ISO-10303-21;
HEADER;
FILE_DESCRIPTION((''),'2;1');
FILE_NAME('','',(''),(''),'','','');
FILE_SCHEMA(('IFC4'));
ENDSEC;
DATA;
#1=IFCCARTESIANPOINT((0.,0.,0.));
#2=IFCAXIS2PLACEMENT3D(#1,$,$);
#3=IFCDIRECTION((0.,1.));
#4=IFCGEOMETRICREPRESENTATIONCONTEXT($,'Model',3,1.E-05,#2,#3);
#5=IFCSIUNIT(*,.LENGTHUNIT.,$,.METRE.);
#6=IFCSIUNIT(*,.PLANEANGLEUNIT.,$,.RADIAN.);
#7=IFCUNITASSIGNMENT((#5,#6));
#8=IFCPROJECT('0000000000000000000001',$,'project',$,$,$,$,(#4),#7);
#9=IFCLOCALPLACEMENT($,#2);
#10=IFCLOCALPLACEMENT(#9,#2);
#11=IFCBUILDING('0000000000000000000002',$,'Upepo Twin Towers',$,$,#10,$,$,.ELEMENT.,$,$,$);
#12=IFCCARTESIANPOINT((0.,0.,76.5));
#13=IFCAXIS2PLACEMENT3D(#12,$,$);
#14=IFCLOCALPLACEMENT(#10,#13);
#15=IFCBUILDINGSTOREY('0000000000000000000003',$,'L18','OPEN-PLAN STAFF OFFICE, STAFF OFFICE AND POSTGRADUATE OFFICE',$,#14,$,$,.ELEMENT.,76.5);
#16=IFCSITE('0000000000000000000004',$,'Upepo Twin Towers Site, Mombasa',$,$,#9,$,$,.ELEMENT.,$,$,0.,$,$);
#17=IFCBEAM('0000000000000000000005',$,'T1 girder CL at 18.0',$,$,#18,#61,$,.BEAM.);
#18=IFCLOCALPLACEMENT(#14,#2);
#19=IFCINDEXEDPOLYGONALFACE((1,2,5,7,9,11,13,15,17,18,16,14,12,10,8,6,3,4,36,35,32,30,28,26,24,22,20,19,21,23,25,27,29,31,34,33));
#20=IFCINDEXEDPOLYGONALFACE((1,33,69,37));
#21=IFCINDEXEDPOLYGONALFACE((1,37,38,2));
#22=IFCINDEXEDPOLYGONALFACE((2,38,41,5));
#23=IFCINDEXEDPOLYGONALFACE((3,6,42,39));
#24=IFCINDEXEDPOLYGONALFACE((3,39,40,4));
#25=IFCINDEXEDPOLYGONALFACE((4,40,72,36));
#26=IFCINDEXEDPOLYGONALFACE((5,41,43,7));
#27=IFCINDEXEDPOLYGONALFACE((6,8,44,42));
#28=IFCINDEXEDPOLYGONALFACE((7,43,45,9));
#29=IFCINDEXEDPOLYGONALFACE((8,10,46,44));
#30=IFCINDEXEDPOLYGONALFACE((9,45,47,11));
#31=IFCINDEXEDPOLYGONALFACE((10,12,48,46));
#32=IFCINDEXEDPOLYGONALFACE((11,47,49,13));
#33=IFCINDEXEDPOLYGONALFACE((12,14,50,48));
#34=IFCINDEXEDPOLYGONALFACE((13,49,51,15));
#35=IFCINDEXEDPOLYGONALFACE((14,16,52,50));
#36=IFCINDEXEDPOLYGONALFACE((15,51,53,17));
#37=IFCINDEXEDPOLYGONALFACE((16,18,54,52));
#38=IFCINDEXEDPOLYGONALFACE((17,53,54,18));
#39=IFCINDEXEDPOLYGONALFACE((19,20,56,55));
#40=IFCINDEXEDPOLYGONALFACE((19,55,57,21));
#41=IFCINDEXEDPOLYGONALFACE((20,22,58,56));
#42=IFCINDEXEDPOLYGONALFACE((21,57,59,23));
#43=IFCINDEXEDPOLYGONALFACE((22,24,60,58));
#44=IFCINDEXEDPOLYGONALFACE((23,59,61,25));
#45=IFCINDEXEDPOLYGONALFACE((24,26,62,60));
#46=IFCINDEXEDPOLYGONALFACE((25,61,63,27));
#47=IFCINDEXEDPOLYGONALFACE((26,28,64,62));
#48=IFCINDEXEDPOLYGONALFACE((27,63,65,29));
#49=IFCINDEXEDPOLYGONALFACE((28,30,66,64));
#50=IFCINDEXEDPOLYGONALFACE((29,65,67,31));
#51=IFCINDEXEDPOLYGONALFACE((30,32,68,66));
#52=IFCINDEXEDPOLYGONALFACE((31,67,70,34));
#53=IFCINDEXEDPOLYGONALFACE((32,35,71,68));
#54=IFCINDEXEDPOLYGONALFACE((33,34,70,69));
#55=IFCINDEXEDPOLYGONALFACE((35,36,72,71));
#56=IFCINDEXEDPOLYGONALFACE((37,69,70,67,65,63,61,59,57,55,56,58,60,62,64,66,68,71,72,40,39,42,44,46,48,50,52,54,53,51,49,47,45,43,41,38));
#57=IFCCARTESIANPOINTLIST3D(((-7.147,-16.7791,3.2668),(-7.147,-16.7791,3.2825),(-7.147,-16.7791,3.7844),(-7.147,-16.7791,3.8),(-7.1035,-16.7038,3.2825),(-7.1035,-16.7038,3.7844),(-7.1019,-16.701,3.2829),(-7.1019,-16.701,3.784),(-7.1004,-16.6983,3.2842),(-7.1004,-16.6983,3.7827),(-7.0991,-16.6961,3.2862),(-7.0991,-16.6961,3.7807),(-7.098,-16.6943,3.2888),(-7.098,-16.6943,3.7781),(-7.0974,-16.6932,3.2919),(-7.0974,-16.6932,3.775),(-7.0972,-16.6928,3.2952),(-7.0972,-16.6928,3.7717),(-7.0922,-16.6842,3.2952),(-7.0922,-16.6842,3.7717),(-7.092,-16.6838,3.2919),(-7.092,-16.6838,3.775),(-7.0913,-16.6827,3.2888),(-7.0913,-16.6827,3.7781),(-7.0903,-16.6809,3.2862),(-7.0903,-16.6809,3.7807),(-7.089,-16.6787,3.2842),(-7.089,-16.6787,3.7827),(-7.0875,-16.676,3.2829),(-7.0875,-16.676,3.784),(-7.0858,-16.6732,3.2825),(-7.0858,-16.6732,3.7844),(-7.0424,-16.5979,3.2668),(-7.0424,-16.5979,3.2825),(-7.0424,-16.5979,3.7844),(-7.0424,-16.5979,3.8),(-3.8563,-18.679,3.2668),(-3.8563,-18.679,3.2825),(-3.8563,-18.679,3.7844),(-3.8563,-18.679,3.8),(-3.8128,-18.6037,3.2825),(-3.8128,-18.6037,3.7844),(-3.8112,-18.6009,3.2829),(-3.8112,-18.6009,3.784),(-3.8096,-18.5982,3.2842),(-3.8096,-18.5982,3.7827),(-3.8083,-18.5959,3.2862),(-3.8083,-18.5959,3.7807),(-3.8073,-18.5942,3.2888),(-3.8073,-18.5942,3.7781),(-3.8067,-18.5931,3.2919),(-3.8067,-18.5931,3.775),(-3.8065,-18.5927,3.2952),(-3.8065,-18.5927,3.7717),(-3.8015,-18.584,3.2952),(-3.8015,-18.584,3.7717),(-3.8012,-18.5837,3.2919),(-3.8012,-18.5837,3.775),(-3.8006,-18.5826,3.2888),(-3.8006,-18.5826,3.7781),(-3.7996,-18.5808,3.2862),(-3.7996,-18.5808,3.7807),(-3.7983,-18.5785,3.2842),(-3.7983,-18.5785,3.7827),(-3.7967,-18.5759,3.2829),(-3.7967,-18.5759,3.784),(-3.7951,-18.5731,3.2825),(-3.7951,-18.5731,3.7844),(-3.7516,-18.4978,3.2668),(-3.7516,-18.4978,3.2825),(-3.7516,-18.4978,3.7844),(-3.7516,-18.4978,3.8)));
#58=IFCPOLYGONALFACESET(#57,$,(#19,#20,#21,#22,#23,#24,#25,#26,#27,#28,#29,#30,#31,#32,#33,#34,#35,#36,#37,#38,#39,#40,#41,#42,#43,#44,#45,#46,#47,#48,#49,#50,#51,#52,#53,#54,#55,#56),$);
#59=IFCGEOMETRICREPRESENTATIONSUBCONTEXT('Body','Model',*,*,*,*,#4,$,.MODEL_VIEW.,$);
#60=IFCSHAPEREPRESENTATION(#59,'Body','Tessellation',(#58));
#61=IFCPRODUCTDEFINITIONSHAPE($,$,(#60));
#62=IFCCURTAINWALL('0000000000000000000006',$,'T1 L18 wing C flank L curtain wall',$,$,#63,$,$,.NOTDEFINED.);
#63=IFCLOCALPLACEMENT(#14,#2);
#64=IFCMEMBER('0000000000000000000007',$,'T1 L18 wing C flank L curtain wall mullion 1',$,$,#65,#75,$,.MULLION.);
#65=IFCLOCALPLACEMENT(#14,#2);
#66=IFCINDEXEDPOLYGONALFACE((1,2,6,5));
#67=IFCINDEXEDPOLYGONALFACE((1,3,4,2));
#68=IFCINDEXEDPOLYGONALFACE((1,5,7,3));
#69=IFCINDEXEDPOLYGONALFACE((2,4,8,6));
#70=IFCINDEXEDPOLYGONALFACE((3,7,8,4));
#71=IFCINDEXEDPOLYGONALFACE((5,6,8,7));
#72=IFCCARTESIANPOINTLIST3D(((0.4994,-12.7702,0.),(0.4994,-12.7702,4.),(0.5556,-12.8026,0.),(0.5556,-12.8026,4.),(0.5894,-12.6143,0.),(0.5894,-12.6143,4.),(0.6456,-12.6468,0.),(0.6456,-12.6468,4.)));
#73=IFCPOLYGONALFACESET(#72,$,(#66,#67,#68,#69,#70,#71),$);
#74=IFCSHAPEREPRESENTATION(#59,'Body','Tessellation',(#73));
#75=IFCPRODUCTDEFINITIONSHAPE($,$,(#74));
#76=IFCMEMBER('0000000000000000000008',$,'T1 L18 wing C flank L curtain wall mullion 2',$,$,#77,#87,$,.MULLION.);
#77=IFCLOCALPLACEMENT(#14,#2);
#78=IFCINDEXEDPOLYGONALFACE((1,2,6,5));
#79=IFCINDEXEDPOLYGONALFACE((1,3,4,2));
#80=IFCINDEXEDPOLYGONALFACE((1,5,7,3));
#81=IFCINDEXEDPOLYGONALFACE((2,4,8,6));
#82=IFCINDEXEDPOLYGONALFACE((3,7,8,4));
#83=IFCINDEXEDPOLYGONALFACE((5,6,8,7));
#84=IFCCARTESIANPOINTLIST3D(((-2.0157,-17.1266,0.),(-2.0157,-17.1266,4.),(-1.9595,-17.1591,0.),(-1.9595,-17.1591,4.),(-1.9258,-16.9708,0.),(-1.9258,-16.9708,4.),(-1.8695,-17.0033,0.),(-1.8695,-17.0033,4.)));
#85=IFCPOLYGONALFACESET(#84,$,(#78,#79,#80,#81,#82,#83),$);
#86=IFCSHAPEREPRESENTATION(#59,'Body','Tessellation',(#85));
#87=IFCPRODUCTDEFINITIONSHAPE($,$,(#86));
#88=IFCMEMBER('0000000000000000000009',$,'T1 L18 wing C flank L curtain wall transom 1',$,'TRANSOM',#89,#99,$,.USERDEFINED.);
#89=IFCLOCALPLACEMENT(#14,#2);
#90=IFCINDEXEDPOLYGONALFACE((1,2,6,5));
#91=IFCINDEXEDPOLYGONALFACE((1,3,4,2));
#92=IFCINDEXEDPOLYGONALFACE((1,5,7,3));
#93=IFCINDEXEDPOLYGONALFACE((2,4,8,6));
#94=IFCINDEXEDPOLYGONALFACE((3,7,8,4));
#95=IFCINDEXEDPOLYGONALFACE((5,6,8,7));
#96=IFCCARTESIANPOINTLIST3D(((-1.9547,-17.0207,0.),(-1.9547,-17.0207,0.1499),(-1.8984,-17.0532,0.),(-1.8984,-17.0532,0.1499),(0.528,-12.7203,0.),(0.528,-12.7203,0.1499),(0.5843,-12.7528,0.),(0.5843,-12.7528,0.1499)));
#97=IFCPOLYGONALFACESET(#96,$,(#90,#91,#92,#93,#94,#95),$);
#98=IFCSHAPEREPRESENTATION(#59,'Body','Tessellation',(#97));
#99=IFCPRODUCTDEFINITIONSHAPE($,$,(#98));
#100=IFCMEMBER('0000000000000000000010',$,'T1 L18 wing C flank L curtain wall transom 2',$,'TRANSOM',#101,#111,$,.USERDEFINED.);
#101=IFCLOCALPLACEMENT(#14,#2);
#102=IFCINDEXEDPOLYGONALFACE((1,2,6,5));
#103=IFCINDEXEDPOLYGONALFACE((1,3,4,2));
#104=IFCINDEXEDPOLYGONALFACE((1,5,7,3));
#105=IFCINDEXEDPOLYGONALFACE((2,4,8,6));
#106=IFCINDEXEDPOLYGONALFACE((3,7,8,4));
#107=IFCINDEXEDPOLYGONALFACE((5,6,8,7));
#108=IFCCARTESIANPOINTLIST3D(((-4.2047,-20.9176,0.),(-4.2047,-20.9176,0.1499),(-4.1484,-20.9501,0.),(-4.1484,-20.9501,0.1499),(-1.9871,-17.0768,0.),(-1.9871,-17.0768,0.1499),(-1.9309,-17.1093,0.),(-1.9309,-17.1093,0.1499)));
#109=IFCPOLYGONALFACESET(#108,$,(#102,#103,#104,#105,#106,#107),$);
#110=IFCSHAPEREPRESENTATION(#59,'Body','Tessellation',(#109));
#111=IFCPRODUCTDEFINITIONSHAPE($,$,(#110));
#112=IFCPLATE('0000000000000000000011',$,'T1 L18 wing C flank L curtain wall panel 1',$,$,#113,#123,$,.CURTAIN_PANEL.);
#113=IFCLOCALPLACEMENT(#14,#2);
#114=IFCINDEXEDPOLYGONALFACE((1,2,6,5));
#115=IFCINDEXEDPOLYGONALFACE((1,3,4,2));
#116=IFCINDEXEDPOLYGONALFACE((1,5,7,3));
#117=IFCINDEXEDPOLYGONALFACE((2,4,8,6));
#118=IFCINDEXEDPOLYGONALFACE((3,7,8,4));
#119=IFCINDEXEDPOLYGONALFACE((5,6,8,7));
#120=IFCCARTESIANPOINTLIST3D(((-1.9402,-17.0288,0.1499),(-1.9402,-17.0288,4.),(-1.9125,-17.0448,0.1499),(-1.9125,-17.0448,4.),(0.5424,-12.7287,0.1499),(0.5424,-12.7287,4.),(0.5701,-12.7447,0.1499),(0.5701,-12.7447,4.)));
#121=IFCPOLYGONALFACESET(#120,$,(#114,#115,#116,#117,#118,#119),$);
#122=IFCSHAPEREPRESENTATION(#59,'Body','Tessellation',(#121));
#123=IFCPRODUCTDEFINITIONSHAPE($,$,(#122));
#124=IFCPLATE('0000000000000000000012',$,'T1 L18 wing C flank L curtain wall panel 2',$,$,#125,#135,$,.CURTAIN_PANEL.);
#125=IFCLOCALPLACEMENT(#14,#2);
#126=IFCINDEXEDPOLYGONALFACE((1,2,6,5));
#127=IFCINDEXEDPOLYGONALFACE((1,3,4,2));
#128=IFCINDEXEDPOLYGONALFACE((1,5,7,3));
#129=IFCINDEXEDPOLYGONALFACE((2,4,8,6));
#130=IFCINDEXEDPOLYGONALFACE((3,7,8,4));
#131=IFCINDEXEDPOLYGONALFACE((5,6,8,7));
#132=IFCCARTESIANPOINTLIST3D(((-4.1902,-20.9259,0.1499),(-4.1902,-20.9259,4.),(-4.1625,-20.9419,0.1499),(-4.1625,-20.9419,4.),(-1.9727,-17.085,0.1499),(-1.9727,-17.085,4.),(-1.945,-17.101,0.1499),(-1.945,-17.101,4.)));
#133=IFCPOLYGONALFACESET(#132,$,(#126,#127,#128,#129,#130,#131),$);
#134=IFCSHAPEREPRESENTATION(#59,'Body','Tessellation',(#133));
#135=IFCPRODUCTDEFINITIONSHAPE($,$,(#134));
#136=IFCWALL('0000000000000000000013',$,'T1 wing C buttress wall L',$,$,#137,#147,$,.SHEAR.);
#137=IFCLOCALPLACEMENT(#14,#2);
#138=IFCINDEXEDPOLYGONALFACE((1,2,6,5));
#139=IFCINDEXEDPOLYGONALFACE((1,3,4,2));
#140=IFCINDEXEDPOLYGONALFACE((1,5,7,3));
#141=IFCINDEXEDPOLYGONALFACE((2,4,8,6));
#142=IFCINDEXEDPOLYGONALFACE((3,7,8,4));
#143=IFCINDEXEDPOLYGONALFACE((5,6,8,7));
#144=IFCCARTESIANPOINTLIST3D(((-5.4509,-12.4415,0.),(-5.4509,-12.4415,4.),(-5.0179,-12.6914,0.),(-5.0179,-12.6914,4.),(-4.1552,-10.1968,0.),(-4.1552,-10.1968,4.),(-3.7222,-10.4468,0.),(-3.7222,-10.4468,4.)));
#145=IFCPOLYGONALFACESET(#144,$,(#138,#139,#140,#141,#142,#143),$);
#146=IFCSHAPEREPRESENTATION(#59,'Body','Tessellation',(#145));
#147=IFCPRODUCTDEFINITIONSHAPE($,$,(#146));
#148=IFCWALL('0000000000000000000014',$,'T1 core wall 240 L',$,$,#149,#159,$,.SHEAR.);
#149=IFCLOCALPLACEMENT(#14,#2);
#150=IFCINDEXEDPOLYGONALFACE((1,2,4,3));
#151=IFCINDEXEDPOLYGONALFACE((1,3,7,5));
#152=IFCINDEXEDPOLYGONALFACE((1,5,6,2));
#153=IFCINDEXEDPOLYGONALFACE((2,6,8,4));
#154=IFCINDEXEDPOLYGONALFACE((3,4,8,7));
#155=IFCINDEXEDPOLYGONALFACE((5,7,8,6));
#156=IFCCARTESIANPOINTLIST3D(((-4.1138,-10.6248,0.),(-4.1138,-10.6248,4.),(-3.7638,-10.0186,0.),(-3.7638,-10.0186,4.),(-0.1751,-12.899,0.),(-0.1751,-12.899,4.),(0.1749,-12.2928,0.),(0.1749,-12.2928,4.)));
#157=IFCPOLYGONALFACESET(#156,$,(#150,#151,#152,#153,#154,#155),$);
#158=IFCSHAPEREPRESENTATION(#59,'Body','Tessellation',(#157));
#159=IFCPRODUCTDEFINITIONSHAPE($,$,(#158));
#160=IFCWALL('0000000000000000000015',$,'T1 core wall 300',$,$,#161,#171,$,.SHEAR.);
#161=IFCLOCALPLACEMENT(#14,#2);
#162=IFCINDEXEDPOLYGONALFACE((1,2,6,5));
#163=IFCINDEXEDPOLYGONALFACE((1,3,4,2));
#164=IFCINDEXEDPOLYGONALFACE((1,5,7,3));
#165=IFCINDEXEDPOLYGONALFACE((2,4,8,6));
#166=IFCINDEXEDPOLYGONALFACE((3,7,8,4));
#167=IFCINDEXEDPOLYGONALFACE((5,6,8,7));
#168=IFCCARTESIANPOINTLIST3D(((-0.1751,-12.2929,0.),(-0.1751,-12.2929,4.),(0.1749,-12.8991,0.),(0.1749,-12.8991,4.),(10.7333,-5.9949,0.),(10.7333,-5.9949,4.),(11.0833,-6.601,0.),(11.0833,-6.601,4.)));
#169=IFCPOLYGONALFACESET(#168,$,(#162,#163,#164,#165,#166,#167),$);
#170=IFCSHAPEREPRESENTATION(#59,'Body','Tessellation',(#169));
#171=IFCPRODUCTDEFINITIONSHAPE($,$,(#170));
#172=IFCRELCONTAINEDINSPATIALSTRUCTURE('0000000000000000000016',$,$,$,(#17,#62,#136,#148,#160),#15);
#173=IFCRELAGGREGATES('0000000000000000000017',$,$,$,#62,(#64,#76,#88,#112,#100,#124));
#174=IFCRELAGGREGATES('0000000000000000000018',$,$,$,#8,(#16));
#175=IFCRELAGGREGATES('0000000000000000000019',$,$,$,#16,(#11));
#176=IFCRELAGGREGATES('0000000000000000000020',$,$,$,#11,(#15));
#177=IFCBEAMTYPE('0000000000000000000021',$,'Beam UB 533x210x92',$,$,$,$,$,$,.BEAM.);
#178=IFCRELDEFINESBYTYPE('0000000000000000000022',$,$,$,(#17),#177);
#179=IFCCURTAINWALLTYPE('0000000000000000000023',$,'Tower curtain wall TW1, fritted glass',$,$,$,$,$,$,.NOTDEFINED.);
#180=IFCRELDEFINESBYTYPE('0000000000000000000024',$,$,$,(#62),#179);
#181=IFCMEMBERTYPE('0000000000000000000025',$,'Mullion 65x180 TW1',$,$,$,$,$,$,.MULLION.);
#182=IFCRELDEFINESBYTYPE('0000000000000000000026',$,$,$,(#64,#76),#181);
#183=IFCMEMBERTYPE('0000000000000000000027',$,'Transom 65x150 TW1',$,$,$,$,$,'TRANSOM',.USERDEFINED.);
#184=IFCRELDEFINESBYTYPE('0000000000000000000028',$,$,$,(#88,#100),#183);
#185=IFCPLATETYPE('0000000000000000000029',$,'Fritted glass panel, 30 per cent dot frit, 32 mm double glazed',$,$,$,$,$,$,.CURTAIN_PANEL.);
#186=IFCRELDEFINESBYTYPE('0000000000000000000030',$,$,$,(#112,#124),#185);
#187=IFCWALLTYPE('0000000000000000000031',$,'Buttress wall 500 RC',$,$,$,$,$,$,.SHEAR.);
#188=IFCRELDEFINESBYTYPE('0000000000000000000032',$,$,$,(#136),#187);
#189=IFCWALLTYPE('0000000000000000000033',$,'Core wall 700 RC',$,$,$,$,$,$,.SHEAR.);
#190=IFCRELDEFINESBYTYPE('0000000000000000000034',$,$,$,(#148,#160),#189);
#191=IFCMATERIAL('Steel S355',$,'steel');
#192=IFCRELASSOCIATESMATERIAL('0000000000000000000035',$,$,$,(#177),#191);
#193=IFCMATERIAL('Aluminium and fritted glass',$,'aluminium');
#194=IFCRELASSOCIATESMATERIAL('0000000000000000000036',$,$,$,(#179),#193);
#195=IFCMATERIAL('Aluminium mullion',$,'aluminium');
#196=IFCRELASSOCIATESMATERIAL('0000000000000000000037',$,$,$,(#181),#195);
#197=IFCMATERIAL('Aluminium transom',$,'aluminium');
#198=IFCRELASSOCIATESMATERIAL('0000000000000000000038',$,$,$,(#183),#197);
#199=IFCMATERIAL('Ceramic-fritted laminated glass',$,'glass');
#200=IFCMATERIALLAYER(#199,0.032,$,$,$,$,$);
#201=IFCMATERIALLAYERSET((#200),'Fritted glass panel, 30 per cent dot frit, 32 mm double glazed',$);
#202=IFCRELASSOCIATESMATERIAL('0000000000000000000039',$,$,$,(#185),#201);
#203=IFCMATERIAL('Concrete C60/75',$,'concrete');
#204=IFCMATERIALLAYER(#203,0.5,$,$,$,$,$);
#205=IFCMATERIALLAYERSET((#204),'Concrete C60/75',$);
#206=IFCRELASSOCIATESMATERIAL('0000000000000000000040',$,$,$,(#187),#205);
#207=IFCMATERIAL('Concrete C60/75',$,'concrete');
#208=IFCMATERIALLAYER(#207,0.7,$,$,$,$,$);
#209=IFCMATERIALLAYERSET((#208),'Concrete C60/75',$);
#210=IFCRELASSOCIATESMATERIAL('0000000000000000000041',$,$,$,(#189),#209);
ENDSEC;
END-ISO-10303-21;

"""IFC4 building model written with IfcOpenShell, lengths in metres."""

from ifc_helpers import new_model, si_unit, direction, frame, frame_2d, origin, origin_2d, place, context, subcontext, project, spatial, rectangle, i_section, extrude, material, layer, layer_set, material_profile, profile_set, type_object, element, aggregate, save


model = new_model("IFC4")

# Units and contexts
model_context = context("Model", 3, precision=1e-05, world=origin(), true_north=direction((0.0, 1.0)))
body_context = subcontext(model_context, "Body", "Model", "MODEL_VIEW")
ifc_project = project(units=[si_unit("LENGTHUNIT", "METRE"), si_unit("PLANEANGLEUNIT", "RADIAN")], contexts=[model_context])

# Site, building, storey
site_placement = place(None, origin())
site = spatial("IfcSite", under=ifc_project, at=site_placement, Name="Upepo Twin Towers Site, Mombasa", CompositionType="ELEMENT", RefElevation=0.0)
building_placement = place(site_placement, origin())
building = spatial("IfcBuilding", under=site, at=building_placement, Name="Upepo Twin Towers", CompositionType="ELEMENT")
storey_placement = place(building_placement, frame((0.0, 0.0, 76.5)))
storey = spatial("IfcBuildingStorey", under=building, at=storey_placement, Name="L18", Description="OPEN-PLAN STAFF OFFICE, STAFF OFFICE AND POSTGRADUATE OFFICE", CompositionType="ELEMENT", Elevation=76.5)

# Beam
ifc_material_1 = material(Name="Steel S355", Category="steel")
ifc_material_profile_1 = material_profile(ifc_material_1, i_section(OverallWidth=0.2092, OverallDepth=0.5332, WebThickness=0.01, FlangeThickness=0.0156, FilletRadius=0.0127, at=origin_2d()), Name="UB 533x210x92")
ifc_profile_set_1 = profile_set([ifc_material_profile_1], Name="Steel S355")
beam_type_1 = type_object("IfcBeamType", Name="Beam UB 533x210x92", PredefinedType="BEAM", material=ifc_profile_set_1)
beam_1_placement = place(storey_placement, frame((-3.804, -18.5884, 3.5334), z_axis=(-0.866028, 0.499995, 0.0), x_axis=(-0.499995, -0.866028, 0.0)))
element("IfcBeam", 1, at=beam_1_placement, inside=storey, type_object=beam_type_1, Name="T1 girder CL at 18.0", PredefinedType="BEAM", context=body_context, shape_type="SweptSolid", body=[
    extrude(i_section(OverallWidth=0.2092, OverallDepth=0.5332, WebThickness=0.01, FlangeThickness=0.0156, FilletRadius=0.0127, at=origin_2d()), origin(), (0.0, 0.0, 1.0), 3.7998),
])

# Curtain wall, members, plates
ifc_material_2 = material(Name="Aluminium and fritted glass", Category="aluminium")
curtain_wall_type = type_object("IfcCurtainWallType", Name="Tower curtain wall TW1, fritted glass", PredefinedType="NOTDEFINED", material=ifc_material_2)
curtain_wall_placement = place(storey_placement, origin())
curtain_wall = element("IfcCurtainWall", 2, at=curtain_wall_placement, inside=storey, type_object=curtain_wall_type, Name="T1 L18 wing C flank L curtain wall", PredefinedType="NOTDEFINED")
ifc_material_3 = material(Name="Aluminium mullion", Category="aluminium")
ifc_material_profile_2 = material_profile(ifc_material_3, rectangle(XDim=0.0649, YDim=0.1799, at=origin_2d()), Name="MULLION 65x180")
ifc_profile_set_2 = profile_set([ifc_material_profile_2], Name="Aluminium mullion")
member_type_1 = type_object("IfcMemberType", Name="Mullion 65x180 TW1", PredefinedType="MULLION", material=ifc_profile_set_2)
member_1_placement = place(storey_placement, frame((0.5725, -12.7085, 0.0), z_axis=(0.0, 0.0, 1.0), x_axis=(0.866025, -0.5, 0.0)))
member_1 = element("IfcMember", 3, at=member_1_placement, type_object=member_type_1, Name="T1 L18 wing C flank L curtain wall mullion 1", PredefinedType="MULLION", context=body_context, shape_type="SweptSolid", body=[
    extrude(rectangle(XDim=0.0649, YDim=0.1799, at=origin_2d()), origin(), (0.0, 0.0, 1.0), 4.0),
])
member_2_placement = place(storey_placement, frame((-1.9426, -17.0649, 0.0), z_axis=(0.0, 0.0, 1.0), x_axis=(0.866025, -0.5, 0.0)))
member_2 = element("IfcMember", 4, at=member_2_placement, type_object=member_type_1, Name="T1 L18 wing C flank L curtain wall mullion 2", PredefinedType="MULLION", context=body_context, shape_type="SweptSolid", body=[
    extrude(rectangle(XDim=0.0649, YDim=0.1799, at=origin_2d()), origin(), (0.0, 0.0, 1.0), 4.0),
])
ifc_material_4 = material(Name="Aluminium transom", Category="aluminium")
ifc_material_profile_3 = material_profile(ifc_material_4, rectangle(XDim=0.0649, YDim=0.1499, at=origin_2d()), Name="TRANSOM 65x150")
ifc_profile_set_3 = profile_set([ifc_material_profile_3], Name="Aluminium transom")
member_type_2 = type_object("IfcMemberType", Name="Transom 65x150 TW1", ElementType="TRANSOM", PredefinedType="USERDEFINED", material=ifc_profile_set_3)
member_3_placement = place(storey_placement, frame((0.5562, -12.7366, 0.075), z_axis=(-0.499983, -0.866035, 0.0), x_axis=(0.866035, -0.499983, 0.0)))
member_3 = element("IfcMember", 5, at=member_3_placement, type_object=member_type_2, Name="T1 L18 wing C flank L curtain wall transom 1", ObjectType="TRANSOM", PredefinedType="USERDEFINED", context=body_context, shape_type="SweptSolid", body=[
    extrude(rectangle(XDim=0.0649, YDim=0.1499, at=origin_2d()), origin(), (0.0, 0.0, 1.0), 4.9656),
])
member_4_placement = place(storey_placement, frame((-1.959, -17.093, 0.075), z_axis=(-0.500005, -0.866022, 0.0), x_axis=(0.866022, -0.500005, 0.0)))
member_4 = element("IfcMember", 6, at=member_4_placement, type_object=member_type_2, Name="T1 L18 wing C flank L curtain wall transom 2", ObjectType="TRANSOM", PredefinedType="USERDEFINED", context=body_context, shape_type="SweptSolid", body=[
    extrude(rectangle(XDim=0.0649, YDim=0.1499, at=origin_2d()), origin(), (0.0, 0.0, 1.0), 4.4351),
])
ifc_material_5 = material(Name="Ceramic-fritted laminated glass", Category="glass")
ifc_layer_1 = layer(ifc_material_5, 0.032)
ifc_layer_set_1 = layer_set([ifc_layer_1], Name="Fritted glass panel, 30 per cent dot frit, 32 mm double glazed")
plate_type = type_object("IfcPlateType", Name="Fritted glass panel, 30 per cent dot frit, 32 mm double glazed", PredefinedType="CURTAIN_PANEL", material=ifc_layer_set_1)
plate_1_placement = place(storey_placement, frame((-0.6851, -14.8867, 0.1499), z_axis=(0.0, 0.0, 1.0), x_axis=(-0.5, -0.866025, 0.0)))
plate_1 = element("IfcPlate", 7, at=plate_1_placement, type_object=plate_type, Name="T1 L18 wing C flank L curtain wall panel 1", PredefinedType="CURTAIN_PANEL", context=body_context, shape_type="SweptSolid", body=[
    extrude(rectangle(XDim=4.9653, YDim=0.032, at=origin_2d()), origin(), (0.0, 0.0, 1.0), 3.8501),
])
plate_2_placement = place(storey_placement, frame((-3.0676, -19.0134, 0.1499), z_axis=(0.0, 0.0, 1.0), x_axis=(-0.5, -0.866025, 0.0)))
plate_2 = element("IfcPlate", 8, at=plate_2_placement, type_object=plate_type, Name="T1 L18 wing C flank L curtain wall panel 2", PredefinedType="CURTAIN_PANEL", context=body_context, shape_type="SweptSolid", body=[
    extrude(rectangle(XDim=4.4351, YDim=0.032, at=origin_2d()), origin(), (0.0, 0.0, 1.0), 3.8501),
])
aggregate(curtain_wall, [member_1, member_2, member_3, plate_1, member_4, plate_2])

# Walls
ifc_material_6 = material(Name="Concrete C60/75", Category="concrete")
ifc_layer_2 = layer(ifc_material_6, 0.5)
ifc_layer_set_2 = layer_set([ifc_layer_2], Name="Concrete C60/75")
wall_type_1 = type_object("IfcWallType", Name="Buttress wall 500 RC", PredefinedType="SHEAR", material=ifc_layer_set_2)
wall_1_placement = place(storey_placement, frame((-3.9387, -10.3218, 0.0), z_axis=(0.0, 0.0, 1.0), x_axis=(-0.499918, -0.866073, 0.0)))
element("IfcWall", 9, at=wall_1_placement, inside=storey, type_object=wall_type_1, Name="T1 wing C buttress wall L", PredefinedType="SHEAR", context=body_context, shape_type="SweptSolid", body=[
    extrude(rectangle(XDim=2.5918, YDim=0.5, at=frame_2d((1.2959, 0.0))), origin(), (0.0, 0.0, 1.0), 4.0),
])
ifc_material_7 = material(Name="Concrete C60/75", Category="concrete")
ifc_layer_3 = layer(ifc_material_7, 0.7)
ifc_layer_set_3 = layer_set([ifc_layer_3], Name="Concrete C60/75")
wall_type_2 = type_object("IfcWallType", Name="Core wall 700 RC", PredefinedType="SHEAR", material=ifc_layer_set_3)
wall_2_placement = place(storey_placement, frame((-3.9387, -10.3218, 0.0), z_axis=(0.0, 0.0, 1.0), x_axis=(0.866011, -0.500024, 0.0)))
element("IfcWall", 10, at=wall_2_placement, inside=storey, type_object=wall_type_2, Name="T1 core wall 240 L", PredefinedType="SHEAR", context=body_context, shape_type="SweptSolid", body=[
    extrude(rectangle(XDim=4.5481, YDim=0.7, at=frame_2d((2.2739, 0.0))), origin(), (0.0, 0.0, 1.0), 4.0),
])
wall_3_placement = place(storey_placement, frame((0.0, -12.5959, 0.0), z_axis=(0.0, 0.0, 1.0), x_axis=(0.866022, 0.500006, 0.0)))
element("IfcWall", 11, at=wall_3_placement, inside=storey, type_object=wall_type_2, Name="T1 core wall 300", PredefinedType="SHEAR", context=body_context, shape_type="SweptSolid", body=[
    extrude(rectangle(XDim=12.5959, YDim=0.7, at=frame_2d((6.2979, 0.0))), origin(), (0.0, 0.0, 1.0), 4.0),
])

save(model, "model.ifc")
